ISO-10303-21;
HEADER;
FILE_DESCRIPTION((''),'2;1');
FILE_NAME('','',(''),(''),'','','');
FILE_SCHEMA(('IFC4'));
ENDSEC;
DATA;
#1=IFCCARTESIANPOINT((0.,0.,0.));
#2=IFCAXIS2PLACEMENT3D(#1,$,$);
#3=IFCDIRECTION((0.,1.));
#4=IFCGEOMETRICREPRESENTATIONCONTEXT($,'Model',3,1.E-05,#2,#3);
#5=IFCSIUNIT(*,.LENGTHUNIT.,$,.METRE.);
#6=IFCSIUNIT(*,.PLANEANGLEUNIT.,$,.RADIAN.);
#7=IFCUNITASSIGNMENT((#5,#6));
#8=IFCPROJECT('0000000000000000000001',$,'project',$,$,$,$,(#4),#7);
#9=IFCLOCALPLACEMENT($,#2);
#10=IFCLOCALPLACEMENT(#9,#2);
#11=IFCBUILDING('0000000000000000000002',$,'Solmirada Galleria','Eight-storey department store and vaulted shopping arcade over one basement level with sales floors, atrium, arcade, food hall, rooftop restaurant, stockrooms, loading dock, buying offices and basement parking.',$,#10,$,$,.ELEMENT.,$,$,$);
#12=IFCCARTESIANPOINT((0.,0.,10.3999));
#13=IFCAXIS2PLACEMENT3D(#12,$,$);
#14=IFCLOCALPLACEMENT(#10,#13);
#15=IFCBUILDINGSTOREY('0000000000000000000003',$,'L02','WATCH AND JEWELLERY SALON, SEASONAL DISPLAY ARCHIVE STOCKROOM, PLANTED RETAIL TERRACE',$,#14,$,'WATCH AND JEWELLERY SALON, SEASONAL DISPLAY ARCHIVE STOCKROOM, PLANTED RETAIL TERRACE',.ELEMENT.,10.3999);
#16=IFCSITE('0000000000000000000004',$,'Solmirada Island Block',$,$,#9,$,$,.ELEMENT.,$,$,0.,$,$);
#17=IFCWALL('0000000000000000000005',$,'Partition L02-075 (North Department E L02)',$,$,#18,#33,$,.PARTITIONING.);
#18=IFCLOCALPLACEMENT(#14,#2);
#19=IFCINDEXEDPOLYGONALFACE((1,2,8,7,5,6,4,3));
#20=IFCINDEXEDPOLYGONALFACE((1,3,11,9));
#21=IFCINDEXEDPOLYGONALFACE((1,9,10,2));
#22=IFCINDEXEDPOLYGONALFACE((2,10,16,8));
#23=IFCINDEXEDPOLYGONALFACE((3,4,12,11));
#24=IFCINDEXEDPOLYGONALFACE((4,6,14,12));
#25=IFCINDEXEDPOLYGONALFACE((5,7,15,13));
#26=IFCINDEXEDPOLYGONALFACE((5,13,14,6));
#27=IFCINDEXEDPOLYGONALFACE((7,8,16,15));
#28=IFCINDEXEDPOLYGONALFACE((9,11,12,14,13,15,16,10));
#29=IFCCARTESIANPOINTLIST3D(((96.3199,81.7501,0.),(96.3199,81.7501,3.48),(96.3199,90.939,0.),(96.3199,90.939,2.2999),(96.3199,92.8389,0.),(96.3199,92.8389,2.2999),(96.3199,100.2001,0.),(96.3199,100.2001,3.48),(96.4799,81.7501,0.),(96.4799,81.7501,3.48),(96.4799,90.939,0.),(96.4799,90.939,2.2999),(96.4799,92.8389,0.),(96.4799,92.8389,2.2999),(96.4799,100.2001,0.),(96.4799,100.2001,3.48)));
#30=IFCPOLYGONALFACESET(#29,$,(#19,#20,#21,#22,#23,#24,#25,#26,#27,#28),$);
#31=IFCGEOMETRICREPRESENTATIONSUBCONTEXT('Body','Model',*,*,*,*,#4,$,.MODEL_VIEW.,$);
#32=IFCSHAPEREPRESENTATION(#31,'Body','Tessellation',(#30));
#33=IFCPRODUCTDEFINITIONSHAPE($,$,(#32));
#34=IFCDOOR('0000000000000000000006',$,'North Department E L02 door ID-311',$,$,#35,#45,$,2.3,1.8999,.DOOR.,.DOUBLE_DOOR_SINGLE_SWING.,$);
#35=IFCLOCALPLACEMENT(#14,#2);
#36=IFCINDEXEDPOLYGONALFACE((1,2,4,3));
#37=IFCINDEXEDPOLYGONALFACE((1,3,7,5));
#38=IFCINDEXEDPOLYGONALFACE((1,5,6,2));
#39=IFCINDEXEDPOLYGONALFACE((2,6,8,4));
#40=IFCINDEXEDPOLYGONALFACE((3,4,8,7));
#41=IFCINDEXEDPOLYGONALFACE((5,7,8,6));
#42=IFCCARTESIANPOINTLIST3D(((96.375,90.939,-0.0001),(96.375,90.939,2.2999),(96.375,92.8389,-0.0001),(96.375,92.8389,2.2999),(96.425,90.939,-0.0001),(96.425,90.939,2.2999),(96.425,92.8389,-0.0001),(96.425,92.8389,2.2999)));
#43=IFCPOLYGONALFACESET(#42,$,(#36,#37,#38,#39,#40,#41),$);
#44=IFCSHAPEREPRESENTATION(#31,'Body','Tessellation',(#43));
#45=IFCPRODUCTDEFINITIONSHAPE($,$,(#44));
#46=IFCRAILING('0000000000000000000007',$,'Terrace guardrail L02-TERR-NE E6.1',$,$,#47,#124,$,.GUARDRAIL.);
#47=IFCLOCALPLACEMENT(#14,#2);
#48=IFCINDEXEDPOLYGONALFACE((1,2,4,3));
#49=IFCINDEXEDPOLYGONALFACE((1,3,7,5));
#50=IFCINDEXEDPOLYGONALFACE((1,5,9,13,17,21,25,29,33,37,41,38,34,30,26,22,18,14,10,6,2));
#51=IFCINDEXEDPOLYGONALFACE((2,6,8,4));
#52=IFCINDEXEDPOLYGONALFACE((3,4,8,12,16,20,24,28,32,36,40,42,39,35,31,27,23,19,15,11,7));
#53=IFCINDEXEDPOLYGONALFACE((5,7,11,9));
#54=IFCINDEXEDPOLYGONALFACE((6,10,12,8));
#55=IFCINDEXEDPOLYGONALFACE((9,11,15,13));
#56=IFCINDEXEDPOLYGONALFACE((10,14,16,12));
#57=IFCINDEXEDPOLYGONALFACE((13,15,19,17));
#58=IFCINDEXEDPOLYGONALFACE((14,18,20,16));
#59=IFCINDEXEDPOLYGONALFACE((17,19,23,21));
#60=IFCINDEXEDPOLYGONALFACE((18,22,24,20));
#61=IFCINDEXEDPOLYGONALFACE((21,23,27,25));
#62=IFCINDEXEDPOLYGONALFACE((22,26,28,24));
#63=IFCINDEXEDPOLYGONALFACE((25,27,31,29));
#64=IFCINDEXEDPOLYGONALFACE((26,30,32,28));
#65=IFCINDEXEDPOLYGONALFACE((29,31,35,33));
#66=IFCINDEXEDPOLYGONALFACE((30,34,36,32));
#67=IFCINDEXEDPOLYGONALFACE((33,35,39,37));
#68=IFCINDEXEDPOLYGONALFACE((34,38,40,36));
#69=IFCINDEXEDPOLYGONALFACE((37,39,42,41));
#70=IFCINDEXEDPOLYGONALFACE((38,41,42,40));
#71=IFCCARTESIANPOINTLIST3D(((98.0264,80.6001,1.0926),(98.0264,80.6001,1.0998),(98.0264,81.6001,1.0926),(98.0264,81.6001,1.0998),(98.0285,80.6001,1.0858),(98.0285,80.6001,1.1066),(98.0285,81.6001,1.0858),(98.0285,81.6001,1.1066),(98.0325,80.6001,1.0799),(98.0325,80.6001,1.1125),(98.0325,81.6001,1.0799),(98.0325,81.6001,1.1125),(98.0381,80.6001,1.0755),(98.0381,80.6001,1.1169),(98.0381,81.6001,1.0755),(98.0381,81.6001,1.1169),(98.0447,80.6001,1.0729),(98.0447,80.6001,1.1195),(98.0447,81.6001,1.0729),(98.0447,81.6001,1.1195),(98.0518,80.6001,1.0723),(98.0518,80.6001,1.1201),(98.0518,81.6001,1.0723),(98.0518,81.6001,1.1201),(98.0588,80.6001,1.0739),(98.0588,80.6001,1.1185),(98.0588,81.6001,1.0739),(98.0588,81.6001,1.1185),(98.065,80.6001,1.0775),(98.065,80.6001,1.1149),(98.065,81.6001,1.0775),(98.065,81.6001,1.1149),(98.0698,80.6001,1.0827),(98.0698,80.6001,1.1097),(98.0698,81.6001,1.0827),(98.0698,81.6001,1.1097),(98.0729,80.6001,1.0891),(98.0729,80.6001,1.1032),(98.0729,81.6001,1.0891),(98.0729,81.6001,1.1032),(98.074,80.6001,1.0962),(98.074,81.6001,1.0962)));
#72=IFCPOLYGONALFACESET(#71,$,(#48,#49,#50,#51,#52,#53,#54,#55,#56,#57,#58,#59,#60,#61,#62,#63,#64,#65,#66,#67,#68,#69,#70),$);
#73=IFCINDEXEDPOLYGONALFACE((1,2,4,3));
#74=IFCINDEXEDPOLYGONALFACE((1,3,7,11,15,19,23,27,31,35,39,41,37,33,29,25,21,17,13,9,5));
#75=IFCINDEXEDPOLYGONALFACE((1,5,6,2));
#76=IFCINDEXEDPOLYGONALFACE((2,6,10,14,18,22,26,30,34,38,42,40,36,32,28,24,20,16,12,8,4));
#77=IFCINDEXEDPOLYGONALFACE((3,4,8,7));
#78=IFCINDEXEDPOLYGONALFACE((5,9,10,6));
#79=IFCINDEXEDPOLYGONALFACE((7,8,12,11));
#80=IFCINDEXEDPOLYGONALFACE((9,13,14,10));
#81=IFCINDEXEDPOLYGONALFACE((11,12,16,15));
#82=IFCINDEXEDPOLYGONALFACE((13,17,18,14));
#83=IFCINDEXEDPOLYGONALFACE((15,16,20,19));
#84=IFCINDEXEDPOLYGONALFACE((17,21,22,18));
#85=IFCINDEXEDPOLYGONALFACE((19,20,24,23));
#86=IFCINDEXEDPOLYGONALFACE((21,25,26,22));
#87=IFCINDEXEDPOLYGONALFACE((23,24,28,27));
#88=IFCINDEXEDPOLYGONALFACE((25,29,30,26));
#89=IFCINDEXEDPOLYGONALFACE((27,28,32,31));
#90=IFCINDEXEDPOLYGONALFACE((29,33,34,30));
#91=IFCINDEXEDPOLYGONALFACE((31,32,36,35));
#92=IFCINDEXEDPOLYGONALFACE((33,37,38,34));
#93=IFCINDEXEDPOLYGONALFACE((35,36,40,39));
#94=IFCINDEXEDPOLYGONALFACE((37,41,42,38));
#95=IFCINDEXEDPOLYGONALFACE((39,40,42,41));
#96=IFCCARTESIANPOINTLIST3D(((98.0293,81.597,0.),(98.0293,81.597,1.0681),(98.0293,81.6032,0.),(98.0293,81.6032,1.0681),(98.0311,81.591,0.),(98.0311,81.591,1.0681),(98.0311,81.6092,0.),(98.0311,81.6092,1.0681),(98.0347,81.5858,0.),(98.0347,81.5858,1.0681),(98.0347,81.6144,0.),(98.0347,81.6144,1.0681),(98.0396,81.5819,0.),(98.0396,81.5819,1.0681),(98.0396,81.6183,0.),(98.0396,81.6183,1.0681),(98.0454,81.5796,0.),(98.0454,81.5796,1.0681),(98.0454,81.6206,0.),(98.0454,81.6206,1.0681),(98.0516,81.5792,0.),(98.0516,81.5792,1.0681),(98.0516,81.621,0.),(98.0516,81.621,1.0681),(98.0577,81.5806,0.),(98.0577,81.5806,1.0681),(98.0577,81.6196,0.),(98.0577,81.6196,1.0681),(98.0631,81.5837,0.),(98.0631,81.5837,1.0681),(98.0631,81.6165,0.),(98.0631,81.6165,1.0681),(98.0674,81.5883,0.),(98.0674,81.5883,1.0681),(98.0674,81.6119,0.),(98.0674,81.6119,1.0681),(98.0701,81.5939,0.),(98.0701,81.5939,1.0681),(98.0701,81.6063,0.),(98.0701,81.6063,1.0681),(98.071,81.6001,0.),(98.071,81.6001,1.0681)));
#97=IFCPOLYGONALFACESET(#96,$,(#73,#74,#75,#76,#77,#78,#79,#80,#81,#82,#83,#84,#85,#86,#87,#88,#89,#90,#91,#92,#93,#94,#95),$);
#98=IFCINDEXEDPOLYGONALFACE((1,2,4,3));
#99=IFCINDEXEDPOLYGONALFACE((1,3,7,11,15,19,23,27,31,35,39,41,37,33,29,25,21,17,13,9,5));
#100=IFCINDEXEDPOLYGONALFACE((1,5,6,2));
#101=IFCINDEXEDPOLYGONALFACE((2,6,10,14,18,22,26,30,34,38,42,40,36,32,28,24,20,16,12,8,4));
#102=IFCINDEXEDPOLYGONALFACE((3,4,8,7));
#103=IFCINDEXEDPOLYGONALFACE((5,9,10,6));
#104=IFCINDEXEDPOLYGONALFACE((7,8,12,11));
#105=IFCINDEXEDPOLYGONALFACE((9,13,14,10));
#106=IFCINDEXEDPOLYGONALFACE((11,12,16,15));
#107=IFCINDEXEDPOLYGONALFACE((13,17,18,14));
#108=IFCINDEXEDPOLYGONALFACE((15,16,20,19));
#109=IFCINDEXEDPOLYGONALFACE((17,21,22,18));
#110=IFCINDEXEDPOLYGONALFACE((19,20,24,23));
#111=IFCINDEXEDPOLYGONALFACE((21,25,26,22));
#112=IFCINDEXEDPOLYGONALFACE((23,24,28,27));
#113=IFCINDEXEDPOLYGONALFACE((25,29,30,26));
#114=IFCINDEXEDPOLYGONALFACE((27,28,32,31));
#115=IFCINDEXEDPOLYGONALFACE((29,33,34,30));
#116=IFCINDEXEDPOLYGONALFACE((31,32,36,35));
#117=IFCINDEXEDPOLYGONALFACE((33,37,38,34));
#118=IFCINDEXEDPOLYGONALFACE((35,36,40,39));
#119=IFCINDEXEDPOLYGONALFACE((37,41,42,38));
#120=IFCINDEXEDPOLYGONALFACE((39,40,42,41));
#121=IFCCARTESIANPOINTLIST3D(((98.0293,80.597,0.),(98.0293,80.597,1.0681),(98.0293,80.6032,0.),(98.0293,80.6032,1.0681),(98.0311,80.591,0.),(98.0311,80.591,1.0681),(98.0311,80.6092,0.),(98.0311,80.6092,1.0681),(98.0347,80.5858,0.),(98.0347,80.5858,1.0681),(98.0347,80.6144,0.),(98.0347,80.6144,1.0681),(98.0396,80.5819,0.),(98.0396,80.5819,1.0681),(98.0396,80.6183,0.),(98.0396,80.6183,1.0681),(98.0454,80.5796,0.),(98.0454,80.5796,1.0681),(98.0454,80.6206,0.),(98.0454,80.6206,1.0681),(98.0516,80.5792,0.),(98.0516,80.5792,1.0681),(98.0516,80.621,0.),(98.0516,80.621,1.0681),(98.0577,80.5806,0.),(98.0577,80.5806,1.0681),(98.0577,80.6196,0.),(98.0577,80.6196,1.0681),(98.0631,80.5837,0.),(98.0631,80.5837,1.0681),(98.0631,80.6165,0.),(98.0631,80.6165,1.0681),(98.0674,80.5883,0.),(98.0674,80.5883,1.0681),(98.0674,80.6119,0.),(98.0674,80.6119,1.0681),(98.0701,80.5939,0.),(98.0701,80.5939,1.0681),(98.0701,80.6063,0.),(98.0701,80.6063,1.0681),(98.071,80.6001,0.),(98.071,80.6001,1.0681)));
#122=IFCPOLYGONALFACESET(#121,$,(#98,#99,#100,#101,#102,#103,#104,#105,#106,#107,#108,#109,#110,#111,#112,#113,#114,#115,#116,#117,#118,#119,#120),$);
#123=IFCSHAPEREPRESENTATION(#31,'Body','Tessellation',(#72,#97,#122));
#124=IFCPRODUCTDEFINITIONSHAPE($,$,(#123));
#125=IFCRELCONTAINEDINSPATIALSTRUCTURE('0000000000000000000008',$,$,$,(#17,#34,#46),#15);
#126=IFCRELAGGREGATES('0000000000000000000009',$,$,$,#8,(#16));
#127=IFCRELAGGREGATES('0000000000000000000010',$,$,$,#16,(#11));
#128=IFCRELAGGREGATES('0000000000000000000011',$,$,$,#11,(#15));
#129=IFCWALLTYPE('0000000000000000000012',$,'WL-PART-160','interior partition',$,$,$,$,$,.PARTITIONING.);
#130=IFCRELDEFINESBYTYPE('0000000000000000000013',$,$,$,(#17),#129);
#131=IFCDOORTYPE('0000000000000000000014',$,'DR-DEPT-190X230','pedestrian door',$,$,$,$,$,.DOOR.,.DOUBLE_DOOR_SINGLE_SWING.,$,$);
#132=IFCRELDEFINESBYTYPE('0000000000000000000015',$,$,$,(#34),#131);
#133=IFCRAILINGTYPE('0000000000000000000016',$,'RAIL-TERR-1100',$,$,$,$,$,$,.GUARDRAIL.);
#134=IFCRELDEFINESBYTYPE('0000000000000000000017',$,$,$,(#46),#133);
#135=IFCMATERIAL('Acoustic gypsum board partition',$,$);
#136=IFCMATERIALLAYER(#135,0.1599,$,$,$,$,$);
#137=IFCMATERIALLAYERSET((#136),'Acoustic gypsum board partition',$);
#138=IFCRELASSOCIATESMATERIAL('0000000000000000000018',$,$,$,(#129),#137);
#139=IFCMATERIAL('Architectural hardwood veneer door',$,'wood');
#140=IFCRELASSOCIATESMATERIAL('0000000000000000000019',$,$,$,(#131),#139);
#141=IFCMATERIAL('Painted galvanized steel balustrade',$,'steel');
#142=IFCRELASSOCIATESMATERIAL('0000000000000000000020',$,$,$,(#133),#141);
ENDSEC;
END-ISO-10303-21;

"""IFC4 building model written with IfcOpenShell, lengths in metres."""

from ifc_helpers import new_model, si_unit, direction, frame, frame_2d, origin, origin_2d, place, context, subcontext, project, spatial, rectangle, circle, extrude, material, layer, layer_set, type_object, element, fill, save


model = new_model("IFC4")

# Units and contexts
model_context = context("Model", 3, precision=1e-05, world=origin(), true_north=direction((0.0, 1.0)))
body_context = subcontext(model_context, "Body", "Model", "MODEL_VIEW")
ifc_project = project(units=[si_unit("LENGTHUNIT", "METRE"), si_unit("PLANEANGLEUNIT", "RADIAN")], contexts=[model_context])

# Site, building, storey
site_placement = place(None, origin())
site = spatial("IfcSite", under=ifc_project, at=site_placement, Name="Solmirada Island Block", CompositionType="ELEMENT", RefElevation=0.0)
building_placement = place(site_placement, origin())
building = spatial("IfcBuilding", under=site, at=building_placement, Name="Solmirada Galleria", Description="Eight-storey department store and vaulted shopping arcade over one basement level with sales floors, atrium, arcade, food hall, rooftop restaurant, stockrooms, loading dock, buying offices and basement parking.", CompositionType="ELEMENT")
storey_placement = place(building_placement, frame((0.0, 0.0, 10.3999)))
storey = spatial("IfcBuildingStorey", under=building, at=storey_placement, Name="L02", Description="WATCH AND JEWELLERY SALON, SEASONAL DISPLAY ARCHIVE STOCKROOM, PLANTED RETAIL TERRACE", LongName="WATCH AND JEWELLERY SALON, SEASONAL DISPLAY ARCHIVE STOCKROOM, PLANTED RETAIL TERRACE", CompositionType="ELEMENT", Elevation=10.3999)

# Wall, opening, door
ifc_material_1 = material(Name="Acoustic gypsum board partition")
ifc_layer_1 = layer(ifc_material_1, 0.1599)
ifc_layer_set_1 = layer_set([ifc_layer_1], Name="Acoustic gypsum board partition")
wall_type = type_object("IfcWallType", Name="WL-PART-160", Description="interior partition", PredefinedType="PARTITIONING", material=ifc_layer_set_1)
wall_placement = place(storey_placement, frame((96.3999, 81.75, 0.0), z_axis=(0.0, 0.0, 1.0), x_axis=(0.0, 1.0, 0.0)))
wall = element("IfcWall", 1, at=wall_placement, inside=storey, type_object=wall_type, Name="Partition L02-075 (North Department E L02)", PredefinedType="PARTITIONING", context=body_context, shape_type="SweptSolid", body=[
    extrude(rectangle(XDim=18.45, YDim=0.1599, at=frame_2d((9.2251, 0.0))), origin(), (0.0, 0.0, 1.0), 3.48),
])
opening_placement = place(wall_placement, frame((9.189, 0.0, 0.0)))
opening = element("IfcOpeningElement", 2, at=opening_placement, cuts=wall, PredefinedType="OPENING", context=body_context, shape_type="SweptSolid", body=[
    extrude(rectangle(XDim=1.8999, YDim=2.3, at=frame_2d((0.95, 1.1499))), frame((0.0, 0.0898, 0.0), z_axis=(0.0, -1.0, 0.0), x_axis=(1.0, 0.0, 0.0)), (0.0, 0.0, 1.0), 0.1799),
])
ifc_material_2 = material(Name="Architectural hardwood veneer door", Category="wood")
door_type = type_object("IfcDoorType", Name="DR-DEPT-190X230", Description="pedestrian door", OperationType="DOUBLE_DOOR_SINGLE_SWING", PredefinedType="DOOR", material=ifc_material_2)
door_placement = place(opening_placement, origin())
door = element("IfcDoor", 3, at=door_placement, inside=storey, type_object=door_type, Name="North Department E L02 door ID-311", OperationType="DOUBLE_DOOR_SINGLE_SWING", OverallHeight=2.3, OverallWidth=1.8999, PredefinedType="DOOR", context=body_context, shape_type="SweptSolid", body=[
    extrude(rectangle(XDim=1.8999, YDim=2.3, at=frame_2d((0.95, 1.1499))), frame((0.0, 0.0249, 0.0), z_axis=(0.0, -1.0, 0.0), x_axis=(1.0, 0.0, 0.0)), (0.0, 0.0, 1.0), 0.05),
])
fill(opening, door)

# Railing
ifc_material_3 = material(Name="Painted galvanized steel balustrade", Category="steel")
railing_type = type_object("IfcRailingType", Name="RAIL-TERR-1100", PredefinedType="GUARDRAIL", material=ifc_material_3)
railing_placement = place(storey_placement, frame((98.05, 81.6001, 0.0)))
element("IfcRailing", 4, at=railing_placement, inside=storey, type_object=railing_type, Name="Terrace guardrail L02-TERR-NE E6.1", PredefinedType="GUARDRAIL", context=body_context, shape_type="SweptSolid", body=[
    extrude(circle(Radius=0.0239, at=origin_2d()), frame((0.0, 0.0, 1.0962), z_axis=(0.0, -1.0, 0.0), x_axis=(1.0, 0.0, 0.0)), (0.0, 0.0, 1.0), 1.0),
    extrude(circle(Radius=0.021, at=origin_2d()), origin(), (0.0, 0.0, 1.0), 1.0681),
    extrude(circle(Radius=0.021, at=origin_2d()), frame((0.0, -1.0, 0.0)), (0.0, 0.0, 1.0), 1.0681),
])

save(model, "model.ifc")
